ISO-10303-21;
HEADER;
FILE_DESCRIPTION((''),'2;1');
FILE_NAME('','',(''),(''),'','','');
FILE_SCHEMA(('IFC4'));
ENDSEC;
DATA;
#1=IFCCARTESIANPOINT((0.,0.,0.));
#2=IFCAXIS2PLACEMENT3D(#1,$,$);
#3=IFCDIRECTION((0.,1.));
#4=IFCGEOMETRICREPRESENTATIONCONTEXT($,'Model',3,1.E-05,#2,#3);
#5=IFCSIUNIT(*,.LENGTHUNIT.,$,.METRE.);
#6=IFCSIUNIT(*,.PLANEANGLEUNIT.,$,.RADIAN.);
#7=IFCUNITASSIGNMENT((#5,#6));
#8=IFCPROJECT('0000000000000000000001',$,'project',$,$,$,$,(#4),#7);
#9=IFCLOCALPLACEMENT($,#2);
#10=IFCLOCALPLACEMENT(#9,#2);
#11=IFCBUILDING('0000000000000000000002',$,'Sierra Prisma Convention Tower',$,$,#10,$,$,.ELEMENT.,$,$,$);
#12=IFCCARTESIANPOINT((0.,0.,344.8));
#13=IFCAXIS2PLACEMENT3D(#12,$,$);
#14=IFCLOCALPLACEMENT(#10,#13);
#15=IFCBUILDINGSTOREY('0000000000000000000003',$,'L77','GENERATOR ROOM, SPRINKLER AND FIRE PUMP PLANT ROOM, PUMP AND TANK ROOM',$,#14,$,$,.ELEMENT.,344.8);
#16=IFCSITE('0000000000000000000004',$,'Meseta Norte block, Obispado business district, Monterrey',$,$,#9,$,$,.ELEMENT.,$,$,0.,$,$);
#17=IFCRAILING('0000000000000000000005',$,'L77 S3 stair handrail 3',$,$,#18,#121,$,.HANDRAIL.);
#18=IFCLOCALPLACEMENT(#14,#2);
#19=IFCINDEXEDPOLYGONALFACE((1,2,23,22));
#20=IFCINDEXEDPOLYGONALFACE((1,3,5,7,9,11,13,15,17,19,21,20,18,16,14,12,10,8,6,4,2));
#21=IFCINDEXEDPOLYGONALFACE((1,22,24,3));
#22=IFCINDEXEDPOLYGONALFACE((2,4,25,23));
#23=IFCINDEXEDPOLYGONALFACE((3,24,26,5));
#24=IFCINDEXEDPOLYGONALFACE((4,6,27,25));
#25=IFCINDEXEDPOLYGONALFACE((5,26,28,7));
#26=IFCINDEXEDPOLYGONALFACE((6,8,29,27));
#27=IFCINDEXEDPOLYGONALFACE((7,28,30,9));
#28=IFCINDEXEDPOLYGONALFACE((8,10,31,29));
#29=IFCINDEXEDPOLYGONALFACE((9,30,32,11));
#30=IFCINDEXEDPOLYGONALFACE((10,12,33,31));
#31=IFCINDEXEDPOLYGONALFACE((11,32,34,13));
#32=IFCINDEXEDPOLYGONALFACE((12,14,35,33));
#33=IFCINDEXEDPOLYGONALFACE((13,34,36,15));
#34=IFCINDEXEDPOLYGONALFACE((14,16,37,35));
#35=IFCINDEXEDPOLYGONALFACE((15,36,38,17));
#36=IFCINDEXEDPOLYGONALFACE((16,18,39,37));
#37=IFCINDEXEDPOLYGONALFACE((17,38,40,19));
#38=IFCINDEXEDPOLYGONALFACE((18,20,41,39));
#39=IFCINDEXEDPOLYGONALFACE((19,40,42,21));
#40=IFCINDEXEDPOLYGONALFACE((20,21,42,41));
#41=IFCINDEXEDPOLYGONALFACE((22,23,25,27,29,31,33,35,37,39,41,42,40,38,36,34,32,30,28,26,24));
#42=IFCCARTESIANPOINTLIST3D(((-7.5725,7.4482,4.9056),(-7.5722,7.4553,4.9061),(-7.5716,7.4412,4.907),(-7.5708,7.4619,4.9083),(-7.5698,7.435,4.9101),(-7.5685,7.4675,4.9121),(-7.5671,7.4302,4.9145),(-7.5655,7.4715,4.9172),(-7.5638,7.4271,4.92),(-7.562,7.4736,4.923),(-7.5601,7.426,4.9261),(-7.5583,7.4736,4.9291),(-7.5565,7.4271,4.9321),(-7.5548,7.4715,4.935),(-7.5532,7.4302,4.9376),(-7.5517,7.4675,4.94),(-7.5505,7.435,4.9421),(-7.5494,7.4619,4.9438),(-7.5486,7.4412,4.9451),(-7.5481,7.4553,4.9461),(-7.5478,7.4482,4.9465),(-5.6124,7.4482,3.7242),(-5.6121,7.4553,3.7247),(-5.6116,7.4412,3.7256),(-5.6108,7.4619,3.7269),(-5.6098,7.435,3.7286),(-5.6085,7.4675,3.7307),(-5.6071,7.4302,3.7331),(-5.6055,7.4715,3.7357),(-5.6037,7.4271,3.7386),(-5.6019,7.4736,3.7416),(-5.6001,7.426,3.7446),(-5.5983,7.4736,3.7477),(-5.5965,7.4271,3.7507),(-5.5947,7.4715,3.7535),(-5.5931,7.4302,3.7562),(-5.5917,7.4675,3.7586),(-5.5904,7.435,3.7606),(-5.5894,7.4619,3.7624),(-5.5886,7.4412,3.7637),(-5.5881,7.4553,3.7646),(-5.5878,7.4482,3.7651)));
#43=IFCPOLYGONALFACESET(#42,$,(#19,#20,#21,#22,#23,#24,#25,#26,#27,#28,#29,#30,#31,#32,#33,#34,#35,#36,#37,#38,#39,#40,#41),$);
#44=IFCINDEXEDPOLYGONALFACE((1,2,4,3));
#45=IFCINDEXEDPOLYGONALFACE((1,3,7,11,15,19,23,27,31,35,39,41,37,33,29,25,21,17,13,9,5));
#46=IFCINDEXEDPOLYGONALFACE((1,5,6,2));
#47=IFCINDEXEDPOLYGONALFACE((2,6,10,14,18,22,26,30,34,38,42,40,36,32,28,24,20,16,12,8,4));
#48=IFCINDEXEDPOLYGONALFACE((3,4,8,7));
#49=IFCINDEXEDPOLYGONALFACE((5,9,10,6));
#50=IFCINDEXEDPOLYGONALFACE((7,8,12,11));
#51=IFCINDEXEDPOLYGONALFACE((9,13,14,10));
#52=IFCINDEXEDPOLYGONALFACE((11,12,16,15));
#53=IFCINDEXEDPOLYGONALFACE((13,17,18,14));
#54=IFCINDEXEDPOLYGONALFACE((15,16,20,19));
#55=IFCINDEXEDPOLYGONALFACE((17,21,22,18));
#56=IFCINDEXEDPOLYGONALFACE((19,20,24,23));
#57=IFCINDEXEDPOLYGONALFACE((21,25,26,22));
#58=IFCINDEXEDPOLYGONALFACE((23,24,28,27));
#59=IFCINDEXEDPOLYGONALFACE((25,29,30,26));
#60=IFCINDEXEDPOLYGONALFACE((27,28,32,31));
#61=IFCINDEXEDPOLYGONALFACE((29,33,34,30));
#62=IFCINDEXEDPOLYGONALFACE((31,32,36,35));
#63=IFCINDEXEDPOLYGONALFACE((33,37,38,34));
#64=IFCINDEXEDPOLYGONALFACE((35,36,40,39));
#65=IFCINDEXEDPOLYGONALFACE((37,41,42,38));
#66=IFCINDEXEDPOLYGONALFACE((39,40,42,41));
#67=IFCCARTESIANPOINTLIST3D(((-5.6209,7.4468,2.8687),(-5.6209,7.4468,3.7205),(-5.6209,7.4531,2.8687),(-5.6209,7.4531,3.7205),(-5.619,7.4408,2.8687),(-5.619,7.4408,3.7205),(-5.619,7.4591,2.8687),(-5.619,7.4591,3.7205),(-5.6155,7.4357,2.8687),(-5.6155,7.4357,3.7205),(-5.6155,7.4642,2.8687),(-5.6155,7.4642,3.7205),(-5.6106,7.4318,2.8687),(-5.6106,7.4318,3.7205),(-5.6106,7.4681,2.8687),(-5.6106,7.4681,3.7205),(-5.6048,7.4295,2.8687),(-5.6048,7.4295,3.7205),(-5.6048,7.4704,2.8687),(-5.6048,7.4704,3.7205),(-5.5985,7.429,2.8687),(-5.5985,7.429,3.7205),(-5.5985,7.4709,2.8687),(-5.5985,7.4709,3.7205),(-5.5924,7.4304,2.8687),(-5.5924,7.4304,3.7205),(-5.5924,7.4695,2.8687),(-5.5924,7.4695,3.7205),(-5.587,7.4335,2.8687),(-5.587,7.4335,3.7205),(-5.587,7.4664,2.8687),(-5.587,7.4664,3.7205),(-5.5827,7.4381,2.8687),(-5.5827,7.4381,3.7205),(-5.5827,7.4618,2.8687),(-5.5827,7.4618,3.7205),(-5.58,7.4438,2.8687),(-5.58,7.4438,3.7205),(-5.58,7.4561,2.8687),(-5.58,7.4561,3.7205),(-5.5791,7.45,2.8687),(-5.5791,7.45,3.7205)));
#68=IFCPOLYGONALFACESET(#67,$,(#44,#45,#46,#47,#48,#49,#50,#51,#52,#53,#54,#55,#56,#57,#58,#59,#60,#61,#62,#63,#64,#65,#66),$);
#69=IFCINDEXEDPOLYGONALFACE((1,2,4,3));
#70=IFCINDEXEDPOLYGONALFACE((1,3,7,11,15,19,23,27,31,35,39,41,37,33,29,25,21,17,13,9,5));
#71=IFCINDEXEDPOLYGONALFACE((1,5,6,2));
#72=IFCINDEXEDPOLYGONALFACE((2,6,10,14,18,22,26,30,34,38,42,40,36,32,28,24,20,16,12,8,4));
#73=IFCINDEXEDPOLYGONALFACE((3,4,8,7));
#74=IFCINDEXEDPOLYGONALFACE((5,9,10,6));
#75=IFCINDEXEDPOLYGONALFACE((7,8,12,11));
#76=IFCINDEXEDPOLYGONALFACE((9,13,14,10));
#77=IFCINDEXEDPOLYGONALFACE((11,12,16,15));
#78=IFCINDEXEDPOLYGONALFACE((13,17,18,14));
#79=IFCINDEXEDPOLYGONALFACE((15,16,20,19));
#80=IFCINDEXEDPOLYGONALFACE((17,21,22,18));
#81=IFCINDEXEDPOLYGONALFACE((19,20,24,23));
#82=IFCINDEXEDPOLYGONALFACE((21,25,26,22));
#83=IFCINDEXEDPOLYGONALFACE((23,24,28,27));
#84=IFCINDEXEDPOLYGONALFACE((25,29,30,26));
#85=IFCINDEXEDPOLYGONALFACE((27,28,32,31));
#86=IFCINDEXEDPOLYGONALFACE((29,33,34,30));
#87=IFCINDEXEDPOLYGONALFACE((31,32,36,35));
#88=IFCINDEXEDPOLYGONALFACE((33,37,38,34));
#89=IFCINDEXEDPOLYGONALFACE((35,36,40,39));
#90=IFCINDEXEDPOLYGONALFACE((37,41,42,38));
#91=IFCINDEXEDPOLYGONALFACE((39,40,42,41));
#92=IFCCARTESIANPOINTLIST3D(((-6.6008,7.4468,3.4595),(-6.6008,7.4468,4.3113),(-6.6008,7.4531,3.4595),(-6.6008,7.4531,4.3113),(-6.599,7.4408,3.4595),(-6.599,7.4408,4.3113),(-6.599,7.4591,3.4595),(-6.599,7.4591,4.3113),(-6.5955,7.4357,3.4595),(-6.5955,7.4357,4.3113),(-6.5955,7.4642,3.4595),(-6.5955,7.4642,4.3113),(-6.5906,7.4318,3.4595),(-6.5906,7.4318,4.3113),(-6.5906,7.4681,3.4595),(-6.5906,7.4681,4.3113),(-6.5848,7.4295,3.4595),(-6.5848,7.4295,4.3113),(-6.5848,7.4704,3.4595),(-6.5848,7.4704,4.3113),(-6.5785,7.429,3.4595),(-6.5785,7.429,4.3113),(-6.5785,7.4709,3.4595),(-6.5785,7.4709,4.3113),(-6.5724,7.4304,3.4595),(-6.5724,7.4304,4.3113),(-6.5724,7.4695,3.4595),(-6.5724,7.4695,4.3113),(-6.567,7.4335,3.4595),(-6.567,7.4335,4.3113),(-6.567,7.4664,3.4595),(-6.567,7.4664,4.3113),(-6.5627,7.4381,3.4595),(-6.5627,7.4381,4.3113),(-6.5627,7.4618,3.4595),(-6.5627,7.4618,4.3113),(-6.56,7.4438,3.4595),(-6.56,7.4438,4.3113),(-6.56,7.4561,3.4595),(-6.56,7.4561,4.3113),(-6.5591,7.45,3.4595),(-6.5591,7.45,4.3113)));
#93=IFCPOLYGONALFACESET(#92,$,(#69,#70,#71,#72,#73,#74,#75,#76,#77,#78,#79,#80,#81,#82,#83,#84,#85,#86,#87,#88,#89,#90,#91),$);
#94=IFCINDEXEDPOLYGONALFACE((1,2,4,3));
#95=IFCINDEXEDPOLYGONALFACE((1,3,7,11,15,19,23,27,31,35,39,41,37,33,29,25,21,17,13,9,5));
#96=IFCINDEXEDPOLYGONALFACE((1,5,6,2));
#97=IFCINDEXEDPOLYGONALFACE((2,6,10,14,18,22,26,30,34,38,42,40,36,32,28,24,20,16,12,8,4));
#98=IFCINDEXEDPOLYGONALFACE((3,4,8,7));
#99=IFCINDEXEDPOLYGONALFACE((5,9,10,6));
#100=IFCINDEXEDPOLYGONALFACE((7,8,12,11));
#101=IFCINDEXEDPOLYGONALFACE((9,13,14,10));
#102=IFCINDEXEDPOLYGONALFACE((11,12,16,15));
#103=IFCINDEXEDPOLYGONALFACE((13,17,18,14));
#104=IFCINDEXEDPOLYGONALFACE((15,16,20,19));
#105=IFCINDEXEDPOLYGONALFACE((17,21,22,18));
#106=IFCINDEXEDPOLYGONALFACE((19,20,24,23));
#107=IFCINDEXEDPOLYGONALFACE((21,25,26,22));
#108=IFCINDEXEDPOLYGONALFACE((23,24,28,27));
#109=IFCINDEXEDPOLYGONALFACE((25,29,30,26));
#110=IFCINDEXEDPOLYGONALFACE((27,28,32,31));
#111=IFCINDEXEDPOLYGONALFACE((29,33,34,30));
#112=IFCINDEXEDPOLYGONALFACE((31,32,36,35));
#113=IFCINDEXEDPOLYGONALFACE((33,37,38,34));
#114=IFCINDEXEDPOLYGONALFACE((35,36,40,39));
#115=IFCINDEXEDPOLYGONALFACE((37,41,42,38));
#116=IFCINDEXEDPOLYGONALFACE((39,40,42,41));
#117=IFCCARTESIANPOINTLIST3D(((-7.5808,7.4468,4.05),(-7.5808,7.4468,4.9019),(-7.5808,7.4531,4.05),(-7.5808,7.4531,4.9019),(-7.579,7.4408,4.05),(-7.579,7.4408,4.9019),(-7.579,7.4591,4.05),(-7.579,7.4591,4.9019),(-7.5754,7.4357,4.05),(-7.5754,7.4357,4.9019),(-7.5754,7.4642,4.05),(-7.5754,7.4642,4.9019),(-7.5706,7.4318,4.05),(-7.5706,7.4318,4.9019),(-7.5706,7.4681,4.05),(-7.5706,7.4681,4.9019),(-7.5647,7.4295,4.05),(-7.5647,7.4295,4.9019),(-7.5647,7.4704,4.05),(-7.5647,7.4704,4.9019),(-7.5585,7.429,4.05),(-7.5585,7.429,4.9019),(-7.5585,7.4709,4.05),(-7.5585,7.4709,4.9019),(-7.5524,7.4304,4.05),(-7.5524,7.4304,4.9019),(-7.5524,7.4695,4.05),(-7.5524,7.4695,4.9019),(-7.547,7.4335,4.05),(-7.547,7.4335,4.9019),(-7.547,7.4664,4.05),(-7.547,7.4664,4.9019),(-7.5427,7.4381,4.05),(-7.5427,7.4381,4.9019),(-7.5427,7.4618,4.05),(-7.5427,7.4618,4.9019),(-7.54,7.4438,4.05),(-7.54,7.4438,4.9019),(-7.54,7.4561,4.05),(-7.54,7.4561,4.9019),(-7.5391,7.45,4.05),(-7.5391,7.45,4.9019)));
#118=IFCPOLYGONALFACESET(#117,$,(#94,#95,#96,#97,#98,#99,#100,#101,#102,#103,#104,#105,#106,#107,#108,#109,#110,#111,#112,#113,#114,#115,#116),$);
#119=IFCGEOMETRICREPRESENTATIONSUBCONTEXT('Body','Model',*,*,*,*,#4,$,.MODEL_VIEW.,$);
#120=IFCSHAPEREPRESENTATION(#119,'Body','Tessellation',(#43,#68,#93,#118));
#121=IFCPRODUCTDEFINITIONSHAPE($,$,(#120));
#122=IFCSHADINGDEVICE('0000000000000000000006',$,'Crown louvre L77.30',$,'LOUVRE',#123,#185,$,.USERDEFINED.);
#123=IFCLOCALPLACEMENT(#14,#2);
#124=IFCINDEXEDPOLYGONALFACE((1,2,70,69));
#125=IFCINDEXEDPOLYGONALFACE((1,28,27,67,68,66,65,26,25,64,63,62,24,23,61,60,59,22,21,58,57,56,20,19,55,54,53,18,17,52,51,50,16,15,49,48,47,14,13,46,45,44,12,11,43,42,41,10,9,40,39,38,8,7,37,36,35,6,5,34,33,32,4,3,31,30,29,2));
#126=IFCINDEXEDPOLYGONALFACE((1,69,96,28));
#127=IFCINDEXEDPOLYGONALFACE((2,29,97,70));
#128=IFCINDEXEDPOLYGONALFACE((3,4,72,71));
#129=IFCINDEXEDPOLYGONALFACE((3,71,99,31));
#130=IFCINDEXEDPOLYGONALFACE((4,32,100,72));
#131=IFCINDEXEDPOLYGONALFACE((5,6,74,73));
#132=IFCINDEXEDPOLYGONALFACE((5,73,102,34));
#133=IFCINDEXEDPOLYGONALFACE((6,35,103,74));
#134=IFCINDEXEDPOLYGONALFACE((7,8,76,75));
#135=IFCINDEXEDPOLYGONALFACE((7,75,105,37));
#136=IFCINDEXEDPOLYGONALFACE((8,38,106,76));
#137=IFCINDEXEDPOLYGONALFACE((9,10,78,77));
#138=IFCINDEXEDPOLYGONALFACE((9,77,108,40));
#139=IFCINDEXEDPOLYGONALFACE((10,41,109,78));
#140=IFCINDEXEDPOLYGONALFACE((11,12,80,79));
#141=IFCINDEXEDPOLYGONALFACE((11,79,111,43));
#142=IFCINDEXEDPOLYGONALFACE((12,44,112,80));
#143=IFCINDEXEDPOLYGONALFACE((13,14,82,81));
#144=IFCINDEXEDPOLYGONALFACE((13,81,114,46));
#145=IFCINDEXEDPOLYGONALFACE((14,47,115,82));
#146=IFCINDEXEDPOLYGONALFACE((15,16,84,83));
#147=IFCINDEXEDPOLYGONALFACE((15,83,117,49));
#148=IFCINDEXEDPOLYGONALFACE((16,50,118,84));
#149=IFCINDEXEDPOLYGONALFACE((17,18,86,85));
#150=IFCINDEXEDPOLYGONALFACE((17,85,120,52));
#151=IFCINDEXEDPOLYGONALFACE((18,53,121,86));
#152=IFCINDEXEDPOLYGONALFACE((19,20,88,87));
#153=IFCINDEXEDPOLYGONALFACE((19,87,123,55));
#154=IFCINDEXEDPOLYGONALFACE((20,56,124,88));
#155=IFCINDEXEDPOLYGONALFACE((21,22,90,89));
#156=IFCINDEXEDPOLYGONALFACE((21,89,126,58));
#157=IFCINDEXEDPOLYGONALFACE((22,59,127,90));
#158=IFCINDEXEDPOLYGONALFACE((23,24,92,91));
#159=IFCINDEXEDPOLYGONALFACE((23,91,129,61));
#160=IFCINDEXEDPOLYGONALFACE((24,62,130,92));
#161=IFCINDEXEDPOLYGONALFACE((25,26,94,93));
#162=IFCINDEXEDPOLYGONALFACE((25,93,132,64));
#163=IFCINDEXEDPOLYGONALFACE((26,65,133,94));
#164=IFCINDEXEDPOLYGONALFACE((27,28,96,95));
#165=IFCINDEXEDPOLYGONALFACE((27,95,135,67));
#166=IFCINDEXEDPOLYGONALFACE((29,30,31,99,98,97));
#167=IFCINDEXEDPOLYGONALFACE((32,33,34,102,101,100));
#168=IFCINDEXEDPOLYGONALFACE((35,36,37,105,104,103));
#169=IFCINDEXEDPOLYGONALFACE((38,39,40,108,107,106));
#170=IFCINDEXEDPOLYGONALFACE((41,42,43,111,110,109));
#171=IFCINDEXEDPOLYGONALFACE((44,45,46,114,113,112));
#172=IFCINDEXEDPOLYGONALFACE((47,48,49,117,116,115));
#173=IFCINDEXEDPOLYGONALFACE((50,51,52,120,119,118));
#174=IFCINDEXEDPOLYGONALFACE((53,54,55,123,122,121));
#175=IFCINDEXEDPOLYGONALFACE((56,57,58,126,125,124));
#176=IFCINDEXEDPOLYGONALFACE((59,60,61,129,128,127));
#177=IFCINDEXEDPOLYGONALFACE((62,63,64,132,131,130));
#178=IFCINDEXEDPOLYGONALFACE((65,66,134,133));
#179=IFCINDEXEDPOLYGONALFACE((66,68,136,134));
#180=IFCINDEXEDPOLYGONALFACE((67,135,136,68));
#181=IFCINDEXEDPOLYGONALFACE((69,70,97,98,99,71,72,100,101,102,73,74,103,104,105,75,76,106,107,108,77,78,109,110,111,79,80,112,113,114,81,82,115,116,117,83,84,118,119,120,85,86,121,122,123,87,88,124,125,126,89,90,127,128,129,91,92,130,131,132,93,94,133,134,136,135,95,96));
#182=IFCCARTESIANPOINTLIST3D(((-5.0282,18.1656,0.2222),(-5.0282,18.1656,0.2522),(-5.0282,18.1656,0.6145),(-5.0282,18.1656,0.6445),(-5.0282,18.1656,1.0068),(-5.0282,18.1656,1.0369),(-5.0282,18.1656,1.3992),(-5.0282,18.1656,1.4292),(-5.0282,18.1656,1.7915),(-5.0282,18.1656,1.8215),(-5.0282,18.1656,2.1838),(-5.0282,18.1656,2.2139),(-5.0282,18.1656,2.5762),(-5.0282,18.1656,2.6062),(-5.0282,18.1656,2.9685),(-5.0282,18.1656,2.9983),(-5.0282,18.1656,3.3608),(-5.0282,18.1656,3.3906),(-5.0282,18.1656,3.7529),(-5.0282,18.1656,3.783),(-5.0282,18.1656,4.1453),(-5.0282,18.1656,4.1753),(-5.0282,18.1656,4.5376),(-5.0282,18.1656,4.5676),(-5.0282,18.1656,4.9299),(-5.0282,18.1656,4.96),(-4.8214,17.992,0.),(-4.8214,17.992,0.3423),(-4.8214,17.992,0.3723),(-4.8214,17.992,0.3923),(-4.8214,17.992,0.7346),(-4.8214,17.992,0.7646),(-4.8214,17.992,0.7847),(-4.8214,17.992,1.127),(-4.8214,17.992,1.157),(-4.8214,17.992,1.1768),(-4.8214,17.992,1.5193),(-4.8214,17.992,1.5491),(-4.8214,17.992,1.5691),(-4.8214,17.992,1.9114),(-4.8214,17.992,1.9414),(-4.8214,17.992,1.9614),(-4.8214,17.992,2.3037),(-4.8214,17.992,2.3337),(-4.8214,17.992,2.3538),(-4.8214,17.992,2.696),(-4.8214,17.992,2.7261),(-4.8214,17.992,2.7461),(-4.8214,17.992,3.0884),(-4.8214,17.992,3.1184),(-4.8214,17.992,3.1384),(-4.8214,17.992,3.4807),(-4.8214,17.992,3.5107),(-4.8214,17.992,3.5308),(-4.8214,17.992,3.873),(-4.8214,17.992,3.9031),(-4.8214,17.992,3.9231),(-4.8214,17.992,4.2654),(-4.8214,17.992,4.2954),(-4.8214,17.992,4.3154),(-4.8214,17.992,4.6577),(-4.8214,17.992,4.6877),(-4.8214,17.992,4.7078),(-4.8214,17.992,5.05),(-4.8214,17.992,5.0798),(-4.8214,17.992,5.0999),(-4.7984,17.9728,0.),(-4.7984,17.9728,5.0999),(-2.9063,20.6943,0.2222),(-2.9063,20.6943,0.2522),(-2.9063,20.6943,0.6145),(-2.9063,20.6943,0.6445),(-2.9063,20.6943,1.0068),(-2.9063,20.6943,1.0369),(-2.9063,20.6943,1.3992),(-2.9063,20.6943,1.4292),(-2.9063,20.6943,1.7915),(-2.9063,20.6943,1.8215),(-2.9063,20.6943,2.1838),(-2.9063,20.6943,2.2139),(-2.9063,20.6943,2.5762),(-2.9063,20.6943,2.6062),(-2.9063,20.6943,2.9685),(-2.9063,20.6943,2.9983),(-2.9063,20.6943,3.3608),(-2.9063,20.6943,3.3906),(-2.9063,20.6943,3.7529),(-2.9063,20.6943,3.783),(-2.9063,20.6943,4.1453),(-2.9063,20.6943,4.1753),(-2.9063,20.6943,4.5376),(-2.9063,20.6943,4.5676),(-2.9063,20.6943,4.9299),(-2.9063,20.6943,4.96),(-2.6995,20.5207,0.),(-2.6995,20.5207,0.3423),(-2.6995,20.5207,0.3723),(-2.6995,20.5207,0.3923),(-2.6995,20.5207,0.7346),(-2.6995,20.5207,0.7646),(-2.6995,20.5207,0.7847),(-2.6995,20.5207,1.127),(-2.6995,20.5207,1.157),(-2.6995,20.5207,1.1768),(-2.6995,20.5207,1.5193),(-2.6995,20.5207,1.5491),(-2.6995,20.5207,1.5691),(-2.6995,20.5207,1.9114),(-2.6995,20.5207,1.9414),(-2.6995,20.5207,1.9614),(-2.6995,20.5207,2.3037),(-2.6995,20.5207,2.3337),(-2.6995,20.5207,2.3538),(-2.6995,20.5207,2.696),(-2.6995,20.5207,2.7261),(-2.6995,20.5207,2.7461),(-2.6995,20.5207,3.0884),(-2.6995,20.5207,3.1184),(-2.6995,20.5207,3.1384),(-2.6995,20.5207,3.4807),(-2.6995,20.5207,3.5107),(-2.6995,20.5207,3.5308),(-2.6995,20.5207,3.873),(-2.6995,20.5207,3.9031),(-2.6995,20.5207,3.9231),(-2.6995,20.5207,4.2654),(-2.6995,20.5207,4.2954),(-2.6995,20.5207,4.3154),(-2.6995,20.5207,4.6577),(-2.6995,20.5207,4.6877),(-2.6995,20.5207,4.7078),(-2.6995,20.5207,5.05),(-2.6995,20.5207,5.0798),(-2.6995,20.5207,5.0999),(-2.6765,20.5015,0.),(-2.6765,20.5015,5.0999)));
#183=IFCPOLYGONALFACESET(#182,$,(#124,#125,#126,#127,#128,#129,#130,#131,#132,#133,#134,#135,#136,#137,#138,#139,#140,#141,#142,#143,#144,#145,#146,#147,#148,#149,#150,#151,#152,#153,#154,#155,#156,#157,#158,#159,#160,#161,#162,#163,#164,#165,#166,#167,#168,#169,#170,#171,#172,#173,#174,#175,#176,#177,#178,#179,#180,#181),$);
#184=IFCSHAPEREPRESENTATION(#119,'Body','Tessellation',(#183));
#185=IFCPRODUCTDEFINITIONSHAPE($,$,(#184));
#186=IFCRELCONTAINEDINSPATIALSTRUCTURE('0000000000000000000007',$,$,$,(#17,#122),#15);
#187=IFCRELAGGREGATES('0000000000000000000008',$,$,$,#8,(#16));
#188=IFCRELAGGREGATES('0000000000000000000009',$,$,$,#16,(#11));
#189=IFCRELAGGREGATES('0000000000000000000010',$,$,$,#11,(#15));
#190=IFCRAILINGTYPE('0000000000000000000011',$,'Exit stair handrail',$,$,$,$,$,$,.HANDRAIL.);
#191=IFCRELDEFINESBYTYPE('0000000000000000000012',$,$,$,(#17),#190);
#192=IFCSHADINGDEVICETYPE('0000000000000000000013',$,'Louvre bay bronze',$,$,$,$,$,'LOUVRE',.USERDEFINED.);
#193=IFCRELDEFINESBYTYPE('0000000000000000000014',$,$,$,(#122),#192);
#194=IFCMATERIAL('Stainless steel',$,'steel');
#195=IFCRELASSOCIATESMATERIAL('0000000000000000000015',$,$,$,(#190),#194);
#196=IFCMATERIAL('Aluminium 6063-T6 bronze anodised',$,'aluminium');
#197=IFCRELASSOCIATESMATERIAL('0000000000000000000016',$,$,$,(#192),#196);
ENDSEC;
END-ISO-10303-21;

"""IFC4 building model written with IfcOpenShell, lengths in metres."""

from ifc_helpers import new_model, si_unit, direction, frame, origin, origin_2d, place, context, subcontext, project, spatial, polyline, circle, outline, extrude, material, type_object, element, save


model = new_model("IFC4")

# Units and contexts
model_context = context("Model", 3, precision=1e-05, world=origin(), true_north=direction((0.0, 1.0)))
body_context = subcontext(model_context, "Body", "Model", "MODEL_VIEW")
ifc_project = project(units=[si_unit("LENGTHUNIT", "METRE"), si_unit("PLANEANGLEUNIT", "RADIAN")], contexts=[model_context])

# Site, building, storey
site_placement = place(None, origin())
site = spatial("IfcSite", under=ifc_project, at=site_placement, Name="Meseta Norte block, Obispado business district, Monterrey", CompositionType="ELEMENT", RefElevation=0.0)
building_placement = place(site_placement, origin())
building = spatial("IfcBuilding", under=site, at=building_placement, Name="Sierra Prisma Convention Tower", CompositionType="ELEMENT")
storey_placement = place(building_placement, frame((0.0, 0.0, 344.8)))
storey = spatial("IfcBuildingStorey", under=building, at=storey_placement, Name="L77", Description="GENERATOR ROOM, SPRINKLER AND FIRE PUMP PLANT ROOM, PUMP AND TANK ROOM", CompositionType="ELEMENT", Elevation=344.8)

# Railing
ifc_material_1 = material(Name="Stainless steel", Category="steel")
railing_type_1 = type_object("IfcRailingType", Name="Exit stair handrail", PredefinedType="HANDRAIL", material=ifc_material_1)
railing_1_placement = place(storey_placement, frame((-5.6001, 7.45, 2.8687)))
element("IfcRailing", 1, at=railing_1_placement, inside=storey, type_object=railing_type_1, Name="L77 S3 stair handrail 3", PredefinedType="HANDRAIL", context=body_context, shape_type="SweptSolid", body=[
    extrude(circle(Radius=0.0239, at=origin_2d()), frame((0.0, 0.0, 0.876), z_axis=(-0.856446, 0.0, 0.516236), x_axis=(0.0, -1.0, 0.0)), (0.0, 0.0, 1.0), 2.2886),
    extrude(circle(Radius=0.021, at=origin_2d()), origin(), (0.0, 0.0, 1.0), 0.8518),
    extrude(circle(Radius=0.021, at=origin_2d()), frame((-0.98, 0.0, 0.5908)), (0.0, 0.0, 1.0), 0.8518),
    extrude(circle(Radius=0.021, at=origin_2d()), frame((-1.96, 0.0, 1.1814)), (0.0, 0.0, 1.0), 0.8518),
])

# Shading device
ifc_material_2 = material(Name="Aluminium 6063-T6 bronze anodised", Category="aluminium")
shading_device_type = type_object("IfcShadingDeviceType", Name="Louvre bay bronze", ElementType="LOUVRE", PredefinedType="USERDEFINED", material=ifc_material_2)
shading_device_1_placement = place(storey_placement, frame((-2.6765, 20.5015, 0.0), z_axis=(0.642804, 0.766031, 0.0), x_axis=(0.0, 0.0, 1.0)))
element("IfcShadingDevice", 2, at=shading_device_1_placement, inside=storey, type_object=shading_device_type, Name="Crown louvre L77.30", ObjectType="LOUVRE", PredefinedType="USERDEFINED", context=body_context, shape_type="SweptSolid", body=[
    extrude(outline(polyline([(0.0, 0.0), (5.0999, 0.0), (5.0999, -0.03), (5.0798, -0.03), (4.96, -0.3), (4.9299, -0.3), (5.05, -0.03), (4.7078, -0.03), (4.6877, -0.03), (4.5676, -0.3), (4.5376, -0.3), (4.6577, -0.03), (4.3154, -0.03), (4.2954, -0.03), (4.1753, -0.3), (4.1453, -0.3), (4.2654, -0.03), (3.9231, -0.03), (3.9031, -0.03), (3.783, -0.3), (3.7529, -0.3), (3.873, -0.03), (3.5308, -0.03), (3.5107, -0.03), (3.3906, -0.3), (3.3608, -0.3), (3.4807, -0.03), (3.1384, -0.03), (3.1184, -0.03), (2.9983, -0.3), (2.9685, -0.3), (3.0884, -0.03), (2.7461, -0.03), (2.7261, -0.03), (2.6062, -0.3), (2.5762, -0.3), (2.696, -0.03), (2.3538, -0.03), (2.3337, -0.03), (2.2139, -0.3), (2.1838, -0.3), (2.3037, -0.03), (1.9614, -0.03), (1.9414, -0.03), (1.8215, -0.3), (1.7915, -0.3), (1.9114, -0.03), (1.5691, -0.03), (1.5491, -0.03), (1.4292, -0.3), (1.3992, -0.3), (1.5193, -0.03), (1.1768, -0.03), (1.157, -0.03), (1.0369, -0.3), (1.0068, -0.3), (1.127, -0.03), (0.7847, -0.03), (0.7646, -0.03), (0.6445, -0.3), (0.6145, -0.3), (0.7346, -0.03), (0.3923, -0.03), (0.3723, -0.03), (0.2522, -0.3), (0.2222, -0.3), (0.3423, -0.03), (0.0, -0.03), (0.0, 0.0)])), origin(), (0.0, 0.0, -1.0), 3.301),
])

save(model, "model.ifc")
